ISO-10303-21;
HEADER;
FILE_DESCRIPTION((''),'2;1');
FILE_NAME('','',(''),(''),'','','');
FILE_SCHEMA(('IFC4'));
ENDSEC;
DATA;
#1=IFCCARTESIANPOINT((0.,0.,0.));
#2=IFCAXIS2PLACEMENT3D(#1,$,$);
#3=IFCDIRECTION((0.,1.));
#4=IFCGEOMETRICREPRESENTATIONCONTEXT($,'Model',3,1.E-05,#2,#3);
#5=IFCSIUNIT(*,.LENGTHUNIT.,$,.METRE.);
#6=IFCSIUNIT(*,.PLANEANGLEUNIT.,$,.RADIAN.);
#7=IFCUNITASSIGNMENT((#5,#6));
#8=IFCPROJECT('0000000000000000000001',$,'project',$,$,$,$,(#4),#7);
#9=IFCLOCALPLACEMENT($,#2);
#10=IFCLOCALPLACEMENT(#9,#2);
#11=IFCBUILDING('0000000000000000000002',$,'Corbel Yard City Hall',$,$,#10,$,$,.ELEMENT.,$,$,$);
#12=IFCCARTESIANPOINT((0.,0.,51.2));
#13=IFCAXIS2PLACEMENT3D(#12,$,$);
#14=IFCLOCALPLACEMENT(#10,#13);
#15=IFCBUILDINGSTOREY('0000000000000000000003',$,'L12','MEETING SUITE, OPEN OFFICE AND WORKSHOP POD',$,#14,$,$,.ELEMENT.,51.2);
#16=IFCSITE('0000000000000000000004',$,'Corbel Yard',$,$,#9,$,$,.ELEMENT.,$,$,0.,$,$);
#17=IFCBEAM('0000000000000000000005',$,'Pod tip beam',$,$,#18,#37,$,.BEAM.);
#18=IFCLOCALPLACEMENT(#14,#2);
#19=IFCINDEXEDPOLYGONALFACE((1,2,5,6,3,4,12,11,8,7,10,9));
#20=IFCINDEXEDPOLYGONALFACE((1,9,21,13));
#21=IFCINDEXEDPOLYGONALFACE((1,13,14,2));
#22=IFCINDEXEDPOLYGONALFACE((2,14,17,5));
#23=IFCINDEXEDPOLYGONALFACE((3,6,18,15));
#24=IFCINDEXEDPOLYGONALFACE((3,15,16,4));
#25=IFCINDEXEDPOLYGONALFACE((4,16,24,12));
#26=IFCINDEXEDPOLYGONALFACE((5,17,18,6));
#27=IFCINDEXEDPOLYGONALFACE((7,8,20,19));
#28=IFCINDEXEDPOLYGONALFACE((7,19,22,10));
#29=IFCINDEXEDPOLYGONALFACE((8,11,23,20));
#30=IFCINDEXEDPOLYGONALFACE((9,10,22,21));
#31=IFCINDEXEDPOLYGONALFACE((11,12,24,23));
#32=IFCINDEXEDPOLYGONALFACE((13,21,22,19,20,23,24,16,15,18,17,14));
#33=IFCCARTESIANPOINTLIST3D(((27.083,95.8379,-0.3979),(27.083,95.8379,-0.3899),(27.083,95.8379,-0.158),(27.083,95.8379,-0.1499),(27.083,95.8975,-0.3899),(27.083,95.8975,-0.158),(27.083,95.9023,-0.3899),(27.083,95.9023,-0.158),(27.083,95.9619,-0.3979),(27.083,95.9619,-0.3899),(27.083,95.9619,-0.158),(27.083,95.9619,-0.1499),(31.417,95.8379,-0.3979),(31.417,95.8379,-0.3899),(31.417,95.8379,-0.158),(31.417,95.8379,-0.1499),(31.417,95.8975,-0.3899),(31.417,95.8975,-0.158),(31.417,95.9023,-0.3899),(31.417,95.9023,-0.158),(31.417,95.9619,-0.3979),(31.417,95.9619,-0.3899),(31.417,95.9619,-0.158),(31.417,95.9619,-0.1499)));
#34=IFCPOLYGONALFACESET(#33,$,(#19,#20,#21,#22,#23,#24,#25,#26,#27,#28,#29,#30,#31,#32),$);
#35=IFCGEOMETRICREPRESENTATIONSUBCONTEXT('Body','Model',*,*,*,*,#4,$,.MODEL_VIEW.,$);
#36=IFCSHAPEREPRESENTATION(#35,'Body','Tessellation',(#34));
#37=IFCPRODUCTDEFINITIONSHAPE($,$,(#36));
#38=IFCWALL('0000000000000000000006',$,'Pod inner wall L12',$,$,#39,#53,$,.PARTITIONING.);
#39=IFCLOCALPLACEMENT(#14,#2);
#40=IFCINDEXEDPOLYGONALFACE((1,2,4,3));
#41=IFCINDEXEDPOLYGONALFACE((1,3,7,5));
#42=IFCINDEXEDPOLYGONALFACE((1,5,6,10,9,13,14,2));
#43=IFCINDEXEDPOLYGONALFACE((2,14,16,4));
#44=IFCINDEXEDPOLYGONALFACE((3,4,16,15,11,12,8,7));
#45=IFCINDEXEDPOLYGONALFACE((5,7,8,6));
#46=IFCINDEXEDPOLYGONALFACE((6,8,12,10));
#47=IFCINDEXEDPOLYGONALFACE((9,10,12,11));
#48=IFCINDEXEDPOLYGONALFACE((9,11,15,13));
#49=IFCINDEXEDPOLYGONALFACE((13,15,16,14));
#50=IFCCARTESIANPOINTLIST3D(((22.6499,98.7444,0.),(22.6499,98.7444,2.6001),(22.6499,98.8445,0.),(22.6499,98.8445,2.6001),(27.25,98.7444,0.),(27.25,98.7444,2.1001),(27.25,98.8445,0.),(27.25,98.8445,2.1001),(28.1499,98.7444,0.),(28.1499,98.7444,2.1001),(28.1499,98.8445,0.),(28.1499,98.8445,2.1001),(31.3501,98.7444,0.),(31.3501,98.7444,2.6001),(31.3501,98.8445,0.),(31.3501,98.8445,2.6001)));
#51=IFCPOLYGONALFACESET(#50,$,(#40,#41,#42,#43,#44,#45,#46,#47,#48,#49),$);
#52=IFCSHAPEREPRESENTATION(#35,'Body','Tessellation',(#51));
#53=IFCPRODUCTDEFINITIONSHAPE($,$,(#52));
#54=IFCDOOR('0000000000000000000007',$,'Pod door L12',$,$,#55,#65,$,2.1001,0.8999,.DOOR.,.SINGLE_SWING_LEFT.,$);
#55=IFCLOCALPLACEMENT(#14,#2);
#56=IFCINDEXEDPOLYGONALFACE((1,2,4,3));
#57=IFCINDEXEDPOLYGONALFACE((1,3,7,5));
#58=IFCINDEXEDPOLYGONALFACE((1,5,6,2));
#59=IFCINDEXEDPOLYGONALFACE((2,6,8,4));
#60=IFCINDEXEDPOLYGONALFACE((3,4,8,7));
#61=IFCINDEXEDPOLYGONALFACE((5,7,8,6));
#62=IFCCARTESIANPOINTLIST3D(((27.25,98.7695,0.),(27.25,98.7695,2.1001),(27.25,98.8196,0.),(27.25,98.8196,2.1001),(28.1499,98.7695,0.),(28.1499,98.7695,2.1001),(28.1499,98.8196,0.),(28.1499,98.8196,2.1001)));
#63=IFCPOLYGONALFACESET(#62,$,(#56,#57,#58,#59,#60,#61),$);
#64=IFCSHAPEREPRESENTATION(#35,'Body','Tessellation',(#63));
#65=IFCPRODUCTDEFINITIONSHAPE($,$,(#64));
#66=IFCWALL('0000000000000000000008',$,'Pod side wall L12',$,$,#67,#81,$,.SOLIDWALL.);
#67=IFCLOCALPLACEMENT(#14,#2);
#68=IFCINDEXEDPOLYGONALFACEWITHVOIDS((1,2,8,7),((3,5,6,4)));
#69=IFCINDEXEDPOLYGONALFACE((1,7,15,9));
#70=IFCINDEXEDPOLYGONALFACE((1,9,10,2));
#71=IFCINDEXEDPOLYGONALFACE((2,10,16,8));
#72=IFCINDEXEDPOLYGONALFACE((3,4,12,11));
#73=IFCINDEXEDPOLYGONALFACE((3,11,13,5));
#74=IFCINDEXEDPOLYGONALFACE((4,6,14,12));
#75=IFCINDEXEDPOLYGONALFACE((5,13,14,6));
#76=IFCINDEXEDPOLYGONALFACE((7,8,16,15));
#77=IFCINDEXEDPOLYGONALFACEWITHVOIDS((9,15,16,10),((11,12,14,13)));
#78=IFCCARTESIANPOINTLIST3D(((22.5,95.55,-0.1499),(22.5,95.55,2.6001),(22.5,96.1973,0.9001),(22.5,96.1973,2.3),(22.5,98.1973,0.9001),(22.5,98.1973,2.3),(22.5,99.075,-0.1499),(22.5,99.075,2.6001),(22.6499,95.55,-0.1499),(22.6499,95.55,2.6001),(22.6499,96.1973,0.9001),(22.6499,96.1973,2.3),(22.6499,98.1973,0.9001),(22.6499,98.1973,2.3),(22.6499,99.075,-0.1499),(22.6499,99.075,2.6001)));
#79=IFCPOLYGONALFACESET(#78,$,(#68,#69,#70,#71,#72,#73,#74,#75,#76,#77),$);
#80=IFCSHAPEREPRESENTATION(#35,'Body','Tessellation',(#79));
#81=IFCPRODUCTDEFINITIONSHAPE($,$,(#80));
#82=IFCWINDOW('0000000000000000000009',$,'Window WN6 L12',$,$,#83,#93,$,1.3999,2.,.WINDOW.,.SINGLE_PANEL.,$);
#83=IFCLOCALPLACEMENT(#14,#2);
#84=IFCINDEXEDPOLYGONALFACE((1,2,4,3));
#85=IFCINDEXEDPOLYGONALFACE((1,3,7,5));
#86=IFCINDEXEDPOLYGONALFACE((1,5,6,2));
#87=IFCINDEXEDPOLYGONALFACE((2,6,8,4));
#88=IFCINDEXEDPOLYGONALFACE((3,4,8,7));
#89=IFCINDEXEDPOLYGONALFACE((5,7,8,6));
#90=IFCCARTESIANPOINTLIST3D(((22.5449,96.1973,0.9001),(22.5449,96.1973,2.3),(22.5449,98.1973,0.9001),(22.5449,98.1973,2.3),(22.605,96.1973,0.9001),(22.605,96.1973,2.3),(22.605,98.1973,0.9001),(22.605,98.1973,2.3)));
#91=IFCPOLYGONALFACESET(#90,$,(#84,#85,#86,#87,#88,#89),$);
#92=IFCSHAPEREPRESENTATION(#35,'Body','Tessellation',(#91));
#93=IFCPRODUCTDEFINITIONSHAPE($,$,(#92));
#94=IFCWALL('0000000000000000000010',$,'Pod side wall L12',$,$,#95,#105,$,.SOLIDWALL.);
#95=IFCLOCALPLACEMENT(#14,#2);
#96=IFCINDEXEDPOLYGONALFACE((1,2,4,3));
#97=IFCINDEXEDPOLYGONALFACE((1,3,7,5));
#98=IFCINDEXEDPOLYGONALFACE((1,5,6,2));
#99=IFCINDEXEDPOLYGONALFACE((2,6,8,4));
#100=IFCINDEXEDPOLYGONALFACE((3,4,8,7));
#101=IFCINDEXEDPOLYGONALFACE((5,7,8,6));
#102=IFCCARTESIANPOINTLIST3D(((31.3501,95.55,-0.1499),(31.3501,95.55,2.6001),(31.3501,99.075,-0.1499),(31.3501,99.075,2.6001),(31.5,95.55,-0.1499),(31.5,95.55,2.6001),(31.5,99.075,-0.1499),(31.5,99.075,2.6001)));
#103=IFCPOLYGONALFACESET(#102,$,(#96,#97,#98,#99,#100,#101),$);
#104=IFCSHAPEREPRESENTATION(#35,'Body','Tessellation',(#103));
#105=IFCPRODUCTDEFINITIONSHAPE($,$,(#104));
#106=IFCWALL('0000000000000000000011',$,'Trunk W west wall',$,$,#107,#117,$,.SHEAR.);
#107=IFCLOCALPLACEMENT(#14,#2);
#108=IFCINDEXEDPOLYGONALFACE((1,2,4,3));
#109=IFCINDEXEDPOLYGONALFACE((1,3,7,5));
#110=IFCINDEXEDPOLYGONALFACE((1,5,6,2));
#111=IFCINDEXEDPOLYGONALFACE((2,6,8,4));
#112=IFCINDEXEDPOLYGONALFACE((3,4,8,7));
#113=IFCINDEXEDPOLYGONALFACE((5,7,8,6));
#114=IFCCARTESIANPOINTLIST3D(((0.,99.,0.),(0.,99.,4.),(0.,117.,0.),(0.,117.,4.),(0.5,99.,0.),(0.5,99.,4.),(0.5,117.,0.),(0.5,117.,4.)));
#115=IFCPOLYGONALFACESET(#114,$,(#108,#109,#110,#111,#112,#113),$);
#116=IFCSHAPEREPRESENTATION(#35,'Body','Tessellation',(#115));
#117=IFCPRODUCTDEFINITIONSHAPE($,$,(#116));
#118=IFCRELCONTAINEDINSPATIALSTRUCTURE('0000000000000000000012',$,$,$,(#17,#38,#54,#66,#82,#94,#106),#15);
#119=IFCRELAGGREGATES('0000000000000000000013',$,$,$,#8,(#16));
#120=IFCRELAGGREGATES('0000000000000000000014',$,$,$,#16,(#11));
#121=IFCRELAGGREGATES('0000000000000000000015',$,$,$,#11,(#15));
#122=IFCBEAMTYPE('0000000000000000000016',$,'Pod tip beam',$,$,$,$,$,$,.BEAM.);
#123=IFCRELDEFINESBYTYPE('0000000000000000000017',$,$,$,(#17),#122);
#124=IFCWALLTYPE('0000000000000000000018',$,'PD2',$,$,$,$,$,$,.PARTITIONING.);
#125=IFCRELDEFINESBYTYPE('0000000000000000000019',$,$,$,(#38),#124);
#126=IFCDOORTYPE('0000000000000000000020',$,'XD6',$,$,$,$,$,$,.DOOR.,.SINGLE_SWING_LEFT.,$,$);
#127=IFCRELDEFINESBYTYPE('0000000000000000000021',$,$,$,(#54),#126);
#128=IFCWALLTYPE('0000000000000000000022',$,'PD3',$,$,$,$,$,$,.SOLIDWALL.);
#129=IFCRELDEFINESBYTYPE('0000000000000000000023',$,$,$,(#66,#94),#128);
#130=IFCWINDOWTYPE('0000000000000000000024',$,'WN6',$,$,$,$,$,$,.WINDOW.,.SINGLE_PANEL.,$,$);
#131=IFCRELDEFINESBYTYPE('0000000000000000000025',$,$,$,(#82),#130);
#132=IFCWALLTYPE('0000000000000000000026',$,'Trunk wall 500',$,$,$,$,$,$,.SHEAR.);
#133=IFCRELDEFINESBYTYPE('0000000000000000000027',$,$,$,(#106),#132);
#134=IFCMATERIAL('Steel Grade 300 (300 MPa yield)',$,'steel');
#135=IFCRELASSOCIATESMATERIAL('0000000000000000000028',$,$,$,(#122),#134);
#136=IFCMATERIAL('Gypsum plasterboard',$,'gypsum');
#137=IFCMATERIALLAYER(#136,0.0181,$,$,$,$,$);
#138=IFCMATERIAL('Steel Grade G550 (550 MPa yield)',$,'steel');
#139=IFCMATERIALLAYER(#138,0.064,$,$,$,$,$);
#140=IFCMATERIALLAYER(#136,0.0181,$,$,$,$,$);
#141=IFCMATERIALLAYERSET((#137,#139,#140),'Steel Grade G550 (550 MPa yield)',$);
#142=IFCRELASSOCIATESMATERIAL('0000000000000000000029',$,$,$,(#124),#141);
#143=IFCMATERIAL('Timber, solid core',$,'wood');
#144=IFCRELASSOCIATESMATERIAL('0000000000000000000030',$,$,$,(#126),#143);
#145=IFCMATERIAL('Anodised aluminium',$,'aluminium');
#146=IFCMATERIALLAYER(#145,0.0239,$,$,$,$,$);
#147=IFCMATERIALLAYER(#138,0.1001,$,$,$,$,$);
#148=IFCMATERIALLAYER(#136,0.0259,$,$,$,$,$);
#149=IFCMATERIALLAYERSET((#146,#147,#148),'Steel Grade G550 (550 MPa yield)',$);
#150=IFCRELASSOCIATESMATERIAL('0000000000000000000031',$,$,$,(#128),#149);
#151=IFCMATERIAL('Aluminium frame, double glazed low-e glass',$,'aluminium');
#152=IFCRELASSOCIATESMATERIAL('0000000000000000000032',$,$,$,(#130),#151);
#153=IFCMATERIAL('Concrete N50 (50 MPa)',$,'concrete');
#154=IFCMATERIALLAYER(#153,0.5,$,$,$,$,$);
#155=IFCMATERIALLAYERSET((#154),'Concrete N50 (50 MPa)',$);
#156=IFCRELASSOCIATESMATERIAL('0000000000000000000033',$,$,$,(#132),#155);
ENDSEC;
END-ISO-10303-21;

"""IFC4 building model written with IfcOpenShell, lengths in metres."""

from ifc_helpers import new_model, si_unit, direction, frame, frame_2d, origin, origin_2d, place, context, subcontext, project, spatial, rectangle, i_section, extrude, material, layer, layer_set, material_profile, profile_set, type_object, element, fill, save


model = new_model("IFC4")

# Units and contexts
model_context = context("Model", 3, precision=1e-05, world=origin(), true_north=direction((0.0, 1.0)))
body_context = subcontext(model_context, "Body", "Model", "MODEL_VIEW")
ifc_project = project(units=[si_unit("LENGTHUNIT", "METRE"), si_unit("PLANEANGLEUNIT", "RADIAN")], contexts=[model_context])

# Site, building, storey
site_placement = place(None, origin())
site = spatial("IfcSite", under=ifc_project, at=site_placement, Name="Corbel Yard", CompositionType="ELEMENT", RefElevation=0.0)
building_placement = place(site_placement, origin())
building = spatial("IfcBuilding", under=site, at=building_placement, Name="Corbel Yard City Hall", CompositionType="ELEMENT")
storey_placement = place(building_placement, frame((0.0, 0.0, 51.2)))
storey = spatial("IfcBuildingStorey", under=building, at=storey_placement, Name="L12", Description="MEETING SUITE, OPEN OFFICE AND WORKSHOP POD", CompositionType="ELEMENT", Elevation=51.2)

# Shared definitions
ifc_material_1 = material(Name="Steel Grade 300 (300 MPa yield)", Category="steel")

# Beam
ifc_material_profile_1 = material_profile(ifc_material_1, i_section(OverallWidth=0.124, OverallDepth=0.248, WebThickness=0.0049, FlangeThickness=0.0081, at=origin_2d()), Name="250UB25.7")
ifc_profile_set_1 = profile_set([ifc_material_profile_1], Name="Steel Grade 300 (300 MPa yield)")
beam_type_1 = type_object("IfcBeamType", Name="Pod tip beam", PredefinedType="BEAM", material=ifc_profile_set_1)
for number, where, z_axis, x_axis, name in (
    (1, (27.083, 95.8999, -0.2739), (1.0, 0.0, 0.0), (0.0, 1.0, 0.0), "Pod tip beam"),
):
    element("IfcBeam", number, at=place(storey_placement, frame(where, z_axis=z_axis, x_axis=x_axis)), inside=storey, type_object=beam_type_1, Name=name, PredefinedType="BEAM", context=body_context, shape_type="SweptSolid", body=[
        extrude(i_section(OverallWidth=0.124, OverallDepth=0.248, WebThickness=0.0049, FlangeThickness=0.0081, at=origin_2d()), origin(), (0.0, 0.0, 1.0), 4.334),
    ])

# Wall, opening, door
ifc_material_2 = material(Name="Gypsum plasterboard", Category="gypsum")
ifc_layer_1 = layer(ifc_material_2, 0.0181)
ifc_material_3 = material(Name="Steel Grade G550 (550 MPa yield)", Category="steel")
ifc_layer_2 = layer(ifc_material_3, 0.064)
ifc_layer_3 = layer(ifc_material_2, 0.0181)
ifc_layer_set_1 = layer_set([ifc_layer_1, ifc_layer_2, ifc_layer_3], Name="Steel Grade G550 (550 MPa yield)")
wall_type_1 = type_object("IfcWallType", Name="PD2", PredefinedType="PARTITIONING", material=ifc_layer_set_1)
wall_1_placement = place(storey_placement, frame((22.6499, 98.7944, 0.0), z_axis=(0.0, 0.0, 1.0), x_axis=(1.0, 0.0, 0.0)))
wall_1 = element("IfcWall", 2, at=wall_1_placement, inside=storey, type_object=wall_type_1, Name="Pod inner wall L12", PredefinedType="PARTITIONING", context=body_context, shape_type="SweptSolid", body=[
    extrude(rectangle(XDim=8.7002, YDim=0.1001, at=frame_2d((4.3501, 0.0))), origin(), (0.0, 0.0, 1.0), 2.6001),
])
opening_1_placement = place(wall_1_placement, frame((4.6001, 0.0, 0.0)))
opening_1 = element("IfcOpeningElement", 3, at=opening_1_placement, cuts=wall_1, PredefinedType="OPENING", context=body_context, shape_type="SweptSolid", body=[
    extrude(rectangle(XDim=0.8999, YDim=2.1001, at=frame_2d((0.45, 1.05))), frame((0.0, 0.0601, 0.0), z_axis=(0.0, -1.0, 0.0), x_axis=(1.0, 0.0, 0.0)), (0.0, 0.0, 1.0), 0.1201),
])
ifc_material_4 = material(Name="Timber, solid core", Category="wood")
door_type_1 = type_object("IfcDoorType", Name="XD6", OperationType="SINGLE_SWING_LEFT", PredefinedType="DOOR", material=ifc_material_4)
door_1_placement = place(opening_1_placement, frame((0.8999, 0.0, 0.0), z_axis=(0.0, 0.0, 1.0), x_axis=(-1.0, 0.0, 0.0)))
door_1 = element("IfcDoor", 4, at=door_1_placement, inside=storey, type_object=door_type_1, Name="Pod door L12", OperationType="SINGLE_SWING_LEFT", OverallHeight=2.1001, OverallWidth=0.8999, PredefinedType="DOOR", context=body_context, shape_type="SweptSolid", body=[
    extrude(rectangle(XDim=0.8999, YDim=2.1001, at=frame_2d((0.45, 1.05))), frame((0.0, 0.0249, 0.0), z_axis=(0.0, -1.0, 0.0), x_axis=(1.0, 0.0, 0.0)), (0.0, 0.0, 1.0), 0.05),
])
fill(opening_1, door_1)

# Wall, opening, window
ifc_material_5 = material(Name="Anodised aluminium", Category="aluminium")
ifc_layer_4 = layer(ifc_material_5, 0.0239)
ifc_layer_5 = layer(ifc_material_3, 0.1001)
ifc_layer_6 = layer(ifc_material_2, 0.0259)
ifc_layer_set_2 = layer_set([ifc_layer_4, ifc_layer_5, ifc_layer_6], Name="Steel Grade G550 (550 MPa yield)")
wall_type_2 = type_object("IfcWallType", Name="PD3", PredefinedType="SOLIDWALL", material=ifc_layer_set_2)
wall_2_placement = place(storey_placement, frame((22.575, 95.55, -0.1499), z_axis=(0.0, 0.0, 1.0), x_axis=(0.0, 1.0, 0.0)))
wall_2 = element("IfcWall", 5, at=wall_2_placement, inside=storey, type_object=wall_type_2, Name="Pod side wall L12", PredefinedType="SOLIDWALL", context=body_context, shape_type="SweptSolid", body=[
    extrude(rectangle(XDim=3.5249, YDim=0.1499, at=frame_2d((1.7625, 0.0))), origin(), (0.0, 0.0, 1.0), 2.75),
])
opening_2_placement = place(wall_2_placement, frame((0.6472, 0.0, 1.05)))
opening_2 = element("IfcOpeningElement", 6, at=opening_2_placement, cuts=wall_2, PredefinedType="OPENING", context=body_context, shape_type="SweptSolid", body=[
    extrude(rectangle(XDim=2.0, YDim=1.3999, at=frame_2d((1.0, 0.7))), frame((0.0, 0.085, 0.0), z_axis=(0.0, -1.0, 0.0), x_axis=(1.0, 0.0, 0.0)), (0.0, 0.0, 1.0), 0.1699),
])
ifc_material_6 = material(Name="Aluminium frame, double glazed low-e glass", Category="aluminium")
window_type = type_object("IfcWindowType", Name="WN6", PartitioningType="SINGLE_PANEL", PredefinedType="WINDOW", material=ifc_material_6)
window_placement = place(opening_2_placement, origin())
window = element("IfcWindow", 7, at=window_placement, inside=storey, type_object=window_type, Name="Window WN6 L12", OverallHeight=1.3999, OverallWidth=2.0, PartitioningType="SINGLE_PANEL", PredefinedType="WINDOW", context=body_context, shape_type="SweptSolid", body=[
    extrude(rectangle(XDim=2.0, YDim=1.3999, at=frame_2d((1.0, 0.7))), frame((0.0, 0.03, 0.0), z_axis=(0.0, -1.0, 0.0), x_axis=(1.0, 0.0, 0.0)), (0.0, 0.0, 1.0), 0.0601),
])
fill(opening_2, window)

# Walls
wall_3_placement = place(storey_placement, frame((31.425, 95.55, -0.1499), z_axis=(0.0, 0.0, 1.0), x_axis=(0.0, 1.0, 0.0)))
element("IfcWall", 8, at=wall_3_placement, inside=storey, type_object=wall_type_2, Name="Pod side wall L12", PredefinedType="SOLIDWALL", context=body_context, shape_type="SweptSolid", body=[
    extrude(rectangle(XDim=3.5249, YDim=0.1499, at=frame_2d((1.7625, 0.0))), origin(), (0.0, 0.0, 1.0), 2.75),
])
ifc_material_7 = material(Name="Concrete N50 (50 MPa)", Category="concrete")
ifc_layer_7 = layer(ifc_material_7, 0.5)
ifc_layer_set_3 = layer_set([ifc_layer_7], Name="Concrete N50 (50 MPa)")
wall_type_3 = type_object("IfcWallType", Name="Trunk wall 500", PredefinedType="SHEAR", material=ifc_layer_set_3)
wall_4_placement = place(storey_placement, frame((0.25, 99.0, 0.0), z_axis=(0.0, 0.0, 1.0), x_axis=(0.0, 1.0, 0.0)))
element("IfcWall", 9, at=wall_4_placement, inside=storey, type_object=wall_type_3, Name="Trunk W west wall", PredefinedType="SHEAR", context=body_context, shape_type="SweptSolid", body=[
    extrude(rectangle(XDim=18.0, YDim=0.5, at=frame_2d((9.0, 0.0))), origin(), (0.0, 0.0, 1.0), 4.0),
])

save(model, "model.ifc")
